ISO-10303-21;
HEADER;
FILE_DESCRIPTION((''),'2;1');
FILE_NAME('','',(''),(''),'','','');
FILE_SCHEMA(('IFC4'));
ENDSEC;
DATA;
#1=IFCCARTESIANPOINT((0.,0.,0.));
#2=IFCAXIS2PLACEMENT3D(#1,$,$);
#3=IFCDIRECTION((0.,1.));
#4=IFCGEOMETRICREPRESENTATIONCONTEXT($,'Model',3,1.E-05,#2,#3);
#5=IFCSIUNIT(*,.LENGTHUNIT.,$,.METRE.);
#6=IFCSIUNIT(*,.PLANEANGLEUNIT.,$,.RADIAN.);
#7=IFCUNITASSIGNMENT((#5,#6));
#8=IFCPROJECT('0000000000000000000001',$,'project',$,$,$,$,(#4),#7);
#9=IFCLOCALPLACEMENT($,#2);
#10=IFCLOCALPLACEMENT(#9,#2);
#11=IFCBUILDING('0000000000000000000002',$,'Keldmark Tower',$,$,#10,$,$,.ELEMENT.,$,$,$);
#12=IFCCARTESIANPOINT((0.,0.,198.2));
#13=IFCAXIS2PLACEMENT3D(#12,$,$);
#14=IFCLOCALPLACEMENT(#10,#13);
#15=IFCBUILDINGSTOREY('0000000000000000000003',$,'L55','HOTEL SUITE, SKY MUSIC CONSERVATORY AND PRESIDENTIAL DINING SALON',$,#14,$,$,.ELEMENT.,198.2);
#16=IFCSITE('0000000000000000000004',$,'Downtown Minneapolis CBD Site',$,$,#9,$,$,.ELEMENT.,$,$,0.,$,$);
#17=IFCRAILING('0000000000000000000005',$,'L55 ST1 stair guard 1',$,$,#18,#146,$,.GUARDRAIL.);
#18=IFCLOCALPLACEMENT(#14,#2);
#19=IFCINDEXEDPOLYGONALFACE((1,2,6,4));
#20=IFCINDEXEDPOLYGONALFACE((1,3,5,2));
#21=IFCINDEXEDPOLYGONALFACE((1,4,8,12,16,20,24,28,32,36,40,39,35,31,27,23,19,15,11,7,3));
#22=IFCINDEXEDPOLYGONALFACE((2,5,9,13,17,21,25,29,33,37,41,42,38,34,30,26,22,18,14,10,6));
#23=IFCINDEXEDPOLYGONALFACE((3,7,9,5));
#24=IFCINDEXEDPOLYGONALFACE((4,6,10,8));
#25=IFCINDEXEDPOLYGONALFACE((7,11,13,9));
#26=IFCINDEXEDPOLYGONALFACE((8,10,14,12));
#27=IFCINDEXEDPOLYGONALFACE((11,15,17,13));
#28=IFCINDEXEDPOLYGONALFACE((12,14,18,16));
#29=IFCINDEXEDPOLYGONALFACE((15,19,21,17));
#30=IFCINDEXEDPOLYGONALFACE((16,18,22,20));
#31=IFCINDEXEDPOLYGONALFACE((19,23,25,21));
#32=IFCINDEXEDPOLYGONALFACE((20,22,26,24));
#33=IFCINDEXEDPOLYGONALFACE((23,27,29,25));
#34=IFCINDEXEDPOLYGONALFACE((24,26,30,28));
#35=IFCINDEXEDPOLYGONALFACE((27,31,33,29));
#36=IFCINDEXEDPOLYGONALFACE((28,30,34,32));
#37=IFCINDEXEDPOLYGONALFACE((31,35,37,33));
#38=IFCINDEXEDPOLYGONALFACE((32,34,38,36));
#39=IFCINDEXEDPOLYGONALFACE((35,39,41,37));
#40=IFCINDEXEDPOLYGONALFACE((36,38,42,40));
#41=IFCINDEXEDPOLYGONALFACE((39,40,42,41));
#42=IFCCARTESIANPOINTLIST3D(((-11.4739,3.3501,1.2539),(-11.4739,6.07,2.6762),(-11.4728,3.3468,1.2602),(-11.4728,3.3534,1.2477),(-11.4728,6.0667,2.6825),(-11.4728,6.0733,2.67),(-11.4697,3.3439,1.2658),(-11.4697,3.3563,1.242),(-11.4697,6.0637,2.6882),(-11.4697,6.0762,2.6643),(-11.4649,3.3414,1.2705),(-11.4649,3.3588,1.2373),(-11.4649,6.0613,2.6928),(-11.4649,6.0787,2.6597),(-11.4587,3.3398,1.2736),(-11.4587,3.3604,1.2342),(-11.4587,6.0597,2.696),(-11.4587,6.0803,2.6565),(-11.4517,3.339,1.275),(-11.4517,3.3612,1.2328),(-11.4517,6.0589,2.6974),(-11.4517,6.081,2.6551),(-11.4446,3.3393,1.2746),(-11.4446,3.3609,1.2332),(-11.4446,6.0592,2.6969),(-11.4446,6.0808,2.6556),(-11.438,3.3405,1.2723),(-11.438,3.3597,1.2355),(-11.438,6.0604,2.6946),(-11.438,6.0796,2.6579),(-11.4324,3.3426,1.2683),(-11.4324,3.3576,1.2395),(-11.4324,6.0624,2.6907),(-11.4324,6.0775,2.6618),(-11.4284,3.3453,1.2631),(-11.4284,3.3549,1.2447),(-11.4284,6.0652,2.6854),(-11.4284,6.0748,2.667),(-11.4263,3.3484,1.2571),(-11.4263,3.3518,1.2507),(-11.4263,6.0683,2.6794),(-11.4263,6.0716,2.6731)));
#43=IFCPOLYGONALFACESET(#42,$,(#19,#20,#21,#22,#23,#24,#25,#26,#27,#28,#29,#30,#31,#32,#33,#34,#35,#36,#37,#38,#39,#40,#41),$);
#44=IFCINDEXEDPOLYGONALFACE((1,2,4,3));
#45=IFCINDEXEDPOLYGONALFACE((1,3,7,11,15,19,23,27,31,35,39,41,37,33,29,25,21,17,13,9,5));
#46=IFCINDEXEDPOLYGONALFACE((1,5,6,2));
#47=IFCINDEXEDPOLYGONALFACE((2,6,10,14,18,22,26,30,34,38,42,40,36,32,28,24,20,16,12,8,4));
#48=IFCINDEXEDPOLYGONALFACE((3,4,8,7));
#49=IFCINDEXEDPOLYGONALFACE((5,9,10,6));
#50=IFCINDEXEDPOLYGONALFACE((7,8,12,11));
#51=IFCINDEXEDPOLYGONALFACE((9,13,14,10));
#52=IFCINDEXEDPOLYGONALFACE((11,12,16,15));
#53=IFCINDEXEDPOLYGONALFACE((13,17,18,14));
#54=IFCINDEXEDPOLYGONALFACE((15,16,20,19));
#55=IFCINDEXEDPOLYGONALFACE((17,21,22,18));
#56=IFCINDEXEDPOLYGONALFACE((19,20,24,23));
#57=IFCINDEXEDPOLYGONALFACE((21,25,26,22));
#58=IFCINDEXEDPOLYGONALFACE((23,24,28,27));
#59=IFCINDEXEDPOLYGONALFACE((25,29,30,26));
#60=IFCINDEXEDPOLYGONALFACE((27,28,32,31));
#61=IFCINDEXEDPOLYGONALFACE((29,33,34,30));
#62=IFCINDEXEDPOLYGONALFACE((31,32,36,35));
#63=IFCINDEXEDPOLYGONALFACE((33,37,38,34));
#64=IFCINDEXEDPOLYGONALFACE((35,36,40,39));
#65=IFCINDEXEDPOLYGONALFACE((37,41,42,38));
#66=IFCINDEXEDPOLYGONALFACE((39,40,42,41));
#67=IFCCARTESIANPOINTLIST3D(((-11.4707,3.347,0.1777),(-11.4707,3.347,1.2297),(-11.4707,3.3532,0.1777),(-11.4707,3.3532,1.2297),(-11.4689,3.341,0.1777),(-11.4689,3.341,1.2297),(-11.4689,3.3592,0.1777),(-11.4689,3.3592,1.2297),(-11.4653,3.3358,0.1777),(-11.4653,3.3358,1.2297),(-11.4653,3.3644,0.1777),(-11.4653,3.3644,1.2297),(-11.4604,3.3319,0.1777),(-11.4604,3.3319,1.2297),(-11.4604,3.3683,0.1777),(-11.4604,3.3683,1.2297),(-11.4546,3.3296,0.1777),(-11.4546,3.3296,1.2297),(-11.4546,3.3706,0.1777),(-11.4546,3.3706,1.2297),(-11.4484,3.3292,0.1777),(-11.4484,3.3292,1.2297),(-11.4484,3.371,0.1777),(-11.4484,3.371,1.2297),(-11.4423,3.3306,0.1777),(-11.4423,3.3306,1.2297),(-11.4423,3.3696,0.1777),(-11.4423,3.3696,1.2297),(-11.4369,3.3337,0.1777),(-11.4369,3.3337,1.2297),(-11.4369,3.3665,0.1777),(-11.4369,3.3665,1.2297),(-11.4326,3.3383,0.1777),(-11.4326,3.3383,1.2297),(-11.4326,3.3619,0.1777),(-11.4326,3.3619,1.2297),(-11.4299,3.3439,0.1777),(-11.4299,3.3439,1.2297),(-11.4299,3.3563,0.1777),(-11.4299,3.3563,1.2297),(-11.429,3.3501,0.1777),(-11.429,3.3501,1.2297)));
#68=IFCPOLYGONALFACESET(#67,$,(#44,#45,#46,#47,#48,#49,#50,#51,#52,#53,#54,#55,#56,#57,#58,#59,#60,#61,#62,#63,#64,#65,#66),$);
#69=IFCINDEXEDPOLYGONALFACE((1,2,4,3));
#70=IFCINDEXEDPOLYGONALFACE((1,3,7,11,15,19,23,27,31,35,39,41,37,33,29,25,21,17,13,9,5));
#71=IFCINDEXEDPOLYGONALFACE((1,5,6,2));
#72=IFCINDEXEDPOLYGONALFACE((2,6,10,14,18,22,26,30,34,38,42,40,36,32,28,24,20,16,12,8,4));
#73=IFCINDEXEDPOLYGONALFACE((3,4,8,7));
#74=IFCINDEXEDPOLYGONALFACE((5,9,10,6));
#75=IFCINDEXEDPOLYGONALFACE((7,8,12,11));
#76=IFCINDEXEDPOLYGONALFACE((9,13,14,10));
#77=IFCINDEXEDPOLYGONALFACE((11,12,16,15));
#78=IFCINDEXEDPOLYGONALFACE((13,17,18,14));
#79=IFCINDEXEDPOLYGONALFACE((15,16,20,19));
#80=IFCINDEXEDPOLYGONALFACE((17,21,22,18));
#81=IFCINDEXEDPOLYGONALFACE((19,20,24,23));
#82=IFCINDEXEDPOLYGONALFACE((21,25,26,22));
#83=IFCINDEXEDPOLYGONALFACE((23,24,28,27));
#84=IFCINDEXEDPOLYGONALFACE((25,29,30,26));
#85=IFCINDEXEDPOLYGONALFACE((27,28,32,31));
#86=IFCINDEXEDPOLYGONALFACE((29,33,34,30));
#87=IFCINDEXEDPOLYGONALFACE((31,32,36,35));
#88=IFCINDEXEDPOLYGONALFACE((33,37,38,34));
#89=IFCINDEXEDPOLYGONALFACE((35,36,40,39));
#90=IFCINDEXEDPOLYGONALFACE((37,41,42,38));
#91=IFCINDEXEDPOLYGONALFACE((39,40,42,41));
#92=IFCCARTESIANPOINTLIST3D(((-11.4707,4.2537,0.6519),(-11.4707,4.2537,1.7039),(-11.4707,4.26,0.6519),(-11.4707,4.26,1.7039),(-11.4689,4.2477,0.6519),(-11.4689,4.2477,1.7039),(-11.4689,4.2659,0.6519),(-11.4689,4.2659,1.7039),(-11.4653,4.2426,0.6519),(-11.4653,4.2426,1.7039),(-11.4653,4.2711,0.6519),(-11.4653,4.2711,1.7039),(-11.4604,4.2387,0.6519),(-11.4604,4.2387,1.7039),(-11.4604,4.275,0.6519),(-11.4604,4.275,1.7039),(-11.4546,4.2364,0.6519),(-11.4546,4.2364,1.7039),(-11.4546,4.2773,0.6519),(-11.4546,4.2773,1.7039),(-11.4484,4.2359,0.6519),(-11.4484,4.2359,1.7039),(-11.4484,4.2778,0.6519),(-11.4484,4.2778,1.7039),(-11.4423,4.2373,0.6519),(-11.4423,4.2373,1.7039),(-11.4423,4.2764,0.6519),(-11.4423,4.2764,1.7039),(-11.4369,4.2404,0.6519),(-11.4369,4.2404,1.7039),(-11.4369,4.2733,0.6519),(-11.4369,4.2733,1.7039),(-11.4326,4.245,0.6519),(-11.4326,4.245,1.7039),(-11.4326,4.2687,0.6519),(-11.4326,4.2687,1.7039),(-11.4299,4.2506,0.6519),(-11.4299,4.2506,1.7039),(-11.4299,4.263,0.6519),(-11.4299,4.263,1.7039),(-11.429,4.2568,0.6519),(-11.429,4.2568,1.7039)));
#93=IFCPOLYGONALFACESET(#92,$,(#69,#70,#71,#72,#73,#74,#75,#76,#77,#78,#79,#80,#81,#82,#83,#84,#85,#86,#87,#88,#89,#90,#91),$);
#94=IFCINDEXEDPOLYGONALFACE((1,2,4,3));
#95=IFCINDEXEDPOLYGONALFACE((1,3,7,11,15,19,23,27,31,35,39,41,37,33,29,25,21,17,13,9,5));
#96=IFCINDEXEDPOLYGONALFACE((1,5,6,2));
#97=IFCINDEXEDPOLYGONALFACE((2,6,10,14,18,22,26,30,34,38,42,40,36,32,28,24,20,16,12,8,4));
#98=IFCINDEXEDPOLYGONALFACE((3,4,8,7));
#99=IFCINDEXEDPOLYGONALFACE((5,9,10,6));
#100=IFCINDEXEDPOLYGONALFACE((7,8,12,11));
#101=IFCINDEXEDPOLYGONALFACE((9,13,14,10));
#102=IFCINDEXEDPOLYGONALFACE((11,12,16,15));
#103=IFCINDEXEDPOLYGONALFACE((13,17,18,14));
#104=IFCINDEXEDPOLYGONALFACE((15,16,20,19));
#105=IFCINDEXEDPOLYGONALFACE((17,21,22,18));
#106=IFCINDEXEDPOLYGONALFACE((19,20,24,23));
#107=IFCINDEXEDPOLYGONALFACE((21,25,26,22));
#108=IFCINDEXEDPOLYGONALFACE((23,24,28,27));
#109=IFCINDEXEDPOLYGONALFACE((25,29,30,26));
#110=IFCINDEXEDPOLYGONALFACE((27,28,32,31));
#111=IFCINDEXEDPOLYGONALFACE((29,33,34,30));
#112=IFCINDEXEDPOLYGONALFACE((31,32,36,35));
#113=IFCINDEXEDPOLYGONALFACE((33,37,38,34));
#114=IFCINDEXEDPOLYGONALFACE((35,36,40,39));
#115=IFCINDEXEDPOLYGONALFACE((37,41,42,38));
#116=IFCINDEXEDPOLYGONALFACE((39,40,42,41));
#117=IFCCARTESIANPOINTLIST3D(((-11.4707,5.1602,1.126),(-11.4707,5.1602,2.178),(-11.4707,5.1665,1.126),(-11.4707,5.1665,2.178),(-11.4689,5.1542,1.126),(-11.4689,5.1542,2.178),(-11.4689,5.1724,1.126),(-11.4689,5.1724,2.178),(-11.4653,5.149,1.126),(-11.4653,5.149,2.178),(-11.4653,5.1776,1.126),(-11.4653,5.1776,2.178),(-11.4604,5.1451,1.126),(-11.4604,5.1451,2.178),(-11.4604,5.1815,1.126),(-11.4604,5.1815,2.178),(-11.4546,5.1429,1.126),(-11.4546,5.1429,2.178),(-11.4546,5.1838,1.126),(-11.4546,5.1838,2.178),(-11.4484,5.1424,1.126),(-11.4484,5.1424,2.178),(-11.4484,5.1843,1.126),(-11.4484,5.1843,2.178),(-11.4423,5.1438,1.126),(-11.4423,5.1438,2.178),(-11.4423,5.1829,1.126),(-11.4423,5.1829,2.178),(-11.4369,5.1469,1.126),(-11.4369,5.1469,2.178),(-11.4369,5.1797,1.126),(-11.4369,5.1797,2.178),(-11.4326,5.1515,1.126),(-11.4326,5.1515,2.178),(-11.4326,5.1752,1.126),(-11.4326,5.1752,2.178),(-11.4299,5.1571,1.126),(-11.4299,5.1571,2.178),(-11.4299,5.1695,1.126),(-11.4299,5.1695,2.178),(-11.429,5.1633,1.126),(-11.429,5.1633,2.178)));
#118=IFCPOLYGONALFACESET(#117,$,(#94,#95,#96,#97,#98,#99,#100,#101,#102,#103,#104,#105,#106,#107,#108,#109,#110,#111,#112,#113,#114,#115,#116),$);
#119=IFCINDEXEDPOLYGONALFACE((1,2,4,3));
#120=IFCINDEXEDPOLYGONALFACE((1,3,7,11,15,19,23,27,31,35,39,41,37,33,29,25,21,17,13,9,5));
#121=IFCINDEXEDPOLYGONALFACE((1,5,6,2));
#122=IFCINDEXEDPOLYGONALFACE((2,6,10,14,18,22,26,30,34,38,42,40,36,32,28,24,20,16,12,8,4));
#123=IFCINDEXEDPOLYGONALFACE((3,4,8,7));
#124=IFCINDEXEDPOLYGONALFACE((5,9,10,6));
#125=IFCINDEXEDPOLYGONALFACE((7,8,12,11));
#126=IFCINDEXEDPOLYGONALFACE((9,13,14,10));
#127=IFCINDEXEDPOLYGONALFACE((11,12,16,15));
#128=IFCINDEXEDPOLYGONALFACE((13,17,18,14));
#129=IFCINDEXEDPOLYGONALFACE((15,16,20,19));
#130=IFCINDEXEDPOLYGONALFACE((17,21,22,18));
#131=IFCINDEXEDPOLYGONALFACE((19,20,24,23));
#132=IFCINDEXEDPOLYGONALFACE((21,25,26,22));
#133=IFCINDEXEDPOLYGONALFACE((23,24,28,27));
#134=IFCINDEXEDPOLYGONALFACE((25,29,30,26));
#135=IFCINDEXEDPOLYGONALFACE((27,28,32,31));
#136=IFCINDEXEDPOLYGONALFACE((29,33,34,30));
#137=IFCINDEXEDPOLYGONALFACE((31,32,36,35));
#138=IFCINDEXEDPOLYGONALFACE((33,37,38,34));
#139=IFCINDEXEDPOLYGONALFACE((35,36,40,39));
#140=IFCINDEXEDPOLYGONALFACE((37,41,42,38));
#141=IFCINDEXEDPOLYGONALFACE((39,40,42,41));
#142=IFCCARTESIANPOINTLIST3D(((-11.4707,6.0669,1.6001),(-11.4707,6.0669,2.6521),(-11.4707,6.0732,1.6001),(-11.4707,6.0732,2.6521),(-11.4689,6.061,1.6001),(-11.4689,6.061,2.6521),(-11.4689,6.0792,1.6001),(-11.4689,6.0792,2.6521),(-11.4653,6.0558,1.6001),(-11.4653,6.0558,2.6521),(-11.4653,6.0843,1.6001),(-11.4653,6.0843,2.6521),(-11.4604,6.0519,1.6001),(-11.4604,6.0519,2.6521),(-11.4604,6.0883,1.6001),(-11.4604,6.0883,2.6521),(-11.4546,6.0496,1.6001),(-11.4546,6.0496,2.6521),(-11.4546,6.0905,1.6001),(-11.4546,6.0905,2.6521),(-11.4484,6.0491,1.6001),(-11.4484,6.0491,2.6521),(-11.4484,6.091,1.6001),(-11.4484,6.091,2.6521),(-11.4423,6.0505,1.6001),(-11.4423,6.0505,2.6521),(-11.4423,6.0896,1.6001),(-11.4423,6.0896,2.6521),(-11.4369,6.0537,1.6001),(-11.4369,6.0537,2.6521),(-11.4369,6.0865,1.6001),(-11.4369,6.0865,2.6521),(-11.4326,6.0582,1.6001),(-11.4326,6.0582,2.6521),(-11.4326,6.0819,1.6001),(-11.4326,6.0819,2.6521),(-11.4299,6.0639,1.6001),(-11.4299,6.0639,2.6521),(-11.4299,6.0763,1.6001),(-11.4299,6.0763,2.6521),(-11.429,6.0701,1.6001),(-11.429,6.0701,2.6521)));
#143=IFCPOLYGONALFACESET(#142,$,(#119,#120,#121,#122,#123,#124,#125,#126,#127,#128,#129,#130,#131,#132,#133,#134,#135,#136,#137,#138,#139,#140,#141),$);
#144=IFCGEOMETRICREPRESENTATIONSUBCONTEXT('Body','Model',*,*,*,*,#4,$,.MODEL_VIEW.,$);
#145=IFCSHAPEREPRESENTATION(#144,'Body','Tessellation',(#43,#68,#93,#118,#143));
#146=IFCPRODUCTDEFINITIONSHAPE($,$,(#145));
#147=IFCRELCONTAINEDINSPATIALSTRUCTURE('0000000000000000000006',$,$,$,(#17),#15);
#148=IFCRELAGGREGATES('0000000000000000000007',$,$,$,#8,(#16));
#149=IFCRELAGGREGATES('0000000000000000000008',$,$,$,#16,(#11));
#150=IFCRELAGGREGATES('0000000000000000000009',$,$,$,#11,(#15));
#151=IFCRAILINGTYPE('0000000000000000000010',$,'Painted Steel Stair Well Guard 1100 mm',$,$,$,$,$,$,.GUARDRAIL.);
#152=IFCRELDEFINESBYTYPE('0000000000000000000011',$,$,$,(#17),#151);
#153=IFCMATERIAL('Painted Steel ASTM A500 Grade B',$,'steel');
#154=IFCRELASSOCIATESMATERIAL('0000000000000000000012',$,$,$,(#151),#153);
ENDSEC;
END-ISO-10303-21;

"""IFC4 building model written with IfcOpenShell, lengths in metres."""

from ifc_helpers import new_model, si_unit, direction, frame, origin, origin_2d, place, context, subcontext, project, spatial, circle, extrude, material, type_object, element, save


model = new_model("IFC4")

# Units and contexts
model_context = context("Model", 3, precision=1e-05, world=origin(), true_north=direction((0.0, 1.0)))
body_context = subcontext(model_context, "Body", "Model", "MODEL_VIEW")
ifc_project = project(units=[si_unit("LENGTHUNIT", "METRE"), si_unit("PLANEANGLEUNIT", "RADIAN")], contexts=[model_context])

# Site, building, storey
site_placement = place(None, origin())
site = spatial("IfcSite", under=ifc_project, at=site_placement, Name="Downtown Minneapolis CBD Site", CompositionType="ELEMENT", RefElevation=0.0)
building_placement = place(site_placement, origin())
building = spatial("IfcBuilding", under=site, at=building_placement, Name="Keldmark Tower", CompositionType="ELEMENT")
storey_placement = place(building_placement, frame((0.0, 0.0, 198.2)))
storey = spatial("IfcBuildingStorey", under=building, at=storey_placement, Name="L55", Description="HOTEL SUITE, SKY MUSIC CONSERVATORY AND PRESIDENTIAL DINING SALON", CompositionType="ELEMENT", Elevation=198.2)

# Railing
ifc_material_1 = material(Name="Painted Steel ASTM A500 Grade B", Category="steel")
railing_type_1 = type_object("IfcRailingType", Name="Painted Steel Stair Well Guard 1100 mm", PredefinedType="GUARDRAIL", material=ifc_material_1)
railing_1_placement = place(storey_placement, frame((-11.45, 3.3501, 0.1777)))
element("IfcRailing", 1, at=railing_1_placement, inside=storey, type_object=railing_type_1, Name="L55 ST1 stair guard 1", PredefinedType="GUARDRAIL", context=body_context, shape_type="SweptSolid", body=[
    extrude(circle(Radius=0.0239, at=origin_2d()), frame((0.0, 0.0, 1.0762), z_axis=(0.0, 0.88615, 0.463398), x_axis=(-1.0, 0.0, 0.0)), (0.0, 0.0, 1.0), 3.0693),
    extrude(circle(Radius=0.021, at=origin_2d()), origin(), (0.0, 0.0, 1.0), 1.052),
    extrude(circle(Radius=0.021, at=origin_2d()), frame((0.0, 0.9067, 0.4741)), (0.0, 0.0, 1.0), 1.052),
    extrude(circle(Radius=0.021, at=origin_2d()), frame((0.0, 1.8132, 0.9482)), (0.0, 0.0, 1.0), 1.052),
    extrude(circle(Radius=0.021, at=origin_2d()), frame((0.0, 2.72, 1.4224)), (0.0, 0.0, 1.0), 1.052),
])

save(model, "model.ifc")
